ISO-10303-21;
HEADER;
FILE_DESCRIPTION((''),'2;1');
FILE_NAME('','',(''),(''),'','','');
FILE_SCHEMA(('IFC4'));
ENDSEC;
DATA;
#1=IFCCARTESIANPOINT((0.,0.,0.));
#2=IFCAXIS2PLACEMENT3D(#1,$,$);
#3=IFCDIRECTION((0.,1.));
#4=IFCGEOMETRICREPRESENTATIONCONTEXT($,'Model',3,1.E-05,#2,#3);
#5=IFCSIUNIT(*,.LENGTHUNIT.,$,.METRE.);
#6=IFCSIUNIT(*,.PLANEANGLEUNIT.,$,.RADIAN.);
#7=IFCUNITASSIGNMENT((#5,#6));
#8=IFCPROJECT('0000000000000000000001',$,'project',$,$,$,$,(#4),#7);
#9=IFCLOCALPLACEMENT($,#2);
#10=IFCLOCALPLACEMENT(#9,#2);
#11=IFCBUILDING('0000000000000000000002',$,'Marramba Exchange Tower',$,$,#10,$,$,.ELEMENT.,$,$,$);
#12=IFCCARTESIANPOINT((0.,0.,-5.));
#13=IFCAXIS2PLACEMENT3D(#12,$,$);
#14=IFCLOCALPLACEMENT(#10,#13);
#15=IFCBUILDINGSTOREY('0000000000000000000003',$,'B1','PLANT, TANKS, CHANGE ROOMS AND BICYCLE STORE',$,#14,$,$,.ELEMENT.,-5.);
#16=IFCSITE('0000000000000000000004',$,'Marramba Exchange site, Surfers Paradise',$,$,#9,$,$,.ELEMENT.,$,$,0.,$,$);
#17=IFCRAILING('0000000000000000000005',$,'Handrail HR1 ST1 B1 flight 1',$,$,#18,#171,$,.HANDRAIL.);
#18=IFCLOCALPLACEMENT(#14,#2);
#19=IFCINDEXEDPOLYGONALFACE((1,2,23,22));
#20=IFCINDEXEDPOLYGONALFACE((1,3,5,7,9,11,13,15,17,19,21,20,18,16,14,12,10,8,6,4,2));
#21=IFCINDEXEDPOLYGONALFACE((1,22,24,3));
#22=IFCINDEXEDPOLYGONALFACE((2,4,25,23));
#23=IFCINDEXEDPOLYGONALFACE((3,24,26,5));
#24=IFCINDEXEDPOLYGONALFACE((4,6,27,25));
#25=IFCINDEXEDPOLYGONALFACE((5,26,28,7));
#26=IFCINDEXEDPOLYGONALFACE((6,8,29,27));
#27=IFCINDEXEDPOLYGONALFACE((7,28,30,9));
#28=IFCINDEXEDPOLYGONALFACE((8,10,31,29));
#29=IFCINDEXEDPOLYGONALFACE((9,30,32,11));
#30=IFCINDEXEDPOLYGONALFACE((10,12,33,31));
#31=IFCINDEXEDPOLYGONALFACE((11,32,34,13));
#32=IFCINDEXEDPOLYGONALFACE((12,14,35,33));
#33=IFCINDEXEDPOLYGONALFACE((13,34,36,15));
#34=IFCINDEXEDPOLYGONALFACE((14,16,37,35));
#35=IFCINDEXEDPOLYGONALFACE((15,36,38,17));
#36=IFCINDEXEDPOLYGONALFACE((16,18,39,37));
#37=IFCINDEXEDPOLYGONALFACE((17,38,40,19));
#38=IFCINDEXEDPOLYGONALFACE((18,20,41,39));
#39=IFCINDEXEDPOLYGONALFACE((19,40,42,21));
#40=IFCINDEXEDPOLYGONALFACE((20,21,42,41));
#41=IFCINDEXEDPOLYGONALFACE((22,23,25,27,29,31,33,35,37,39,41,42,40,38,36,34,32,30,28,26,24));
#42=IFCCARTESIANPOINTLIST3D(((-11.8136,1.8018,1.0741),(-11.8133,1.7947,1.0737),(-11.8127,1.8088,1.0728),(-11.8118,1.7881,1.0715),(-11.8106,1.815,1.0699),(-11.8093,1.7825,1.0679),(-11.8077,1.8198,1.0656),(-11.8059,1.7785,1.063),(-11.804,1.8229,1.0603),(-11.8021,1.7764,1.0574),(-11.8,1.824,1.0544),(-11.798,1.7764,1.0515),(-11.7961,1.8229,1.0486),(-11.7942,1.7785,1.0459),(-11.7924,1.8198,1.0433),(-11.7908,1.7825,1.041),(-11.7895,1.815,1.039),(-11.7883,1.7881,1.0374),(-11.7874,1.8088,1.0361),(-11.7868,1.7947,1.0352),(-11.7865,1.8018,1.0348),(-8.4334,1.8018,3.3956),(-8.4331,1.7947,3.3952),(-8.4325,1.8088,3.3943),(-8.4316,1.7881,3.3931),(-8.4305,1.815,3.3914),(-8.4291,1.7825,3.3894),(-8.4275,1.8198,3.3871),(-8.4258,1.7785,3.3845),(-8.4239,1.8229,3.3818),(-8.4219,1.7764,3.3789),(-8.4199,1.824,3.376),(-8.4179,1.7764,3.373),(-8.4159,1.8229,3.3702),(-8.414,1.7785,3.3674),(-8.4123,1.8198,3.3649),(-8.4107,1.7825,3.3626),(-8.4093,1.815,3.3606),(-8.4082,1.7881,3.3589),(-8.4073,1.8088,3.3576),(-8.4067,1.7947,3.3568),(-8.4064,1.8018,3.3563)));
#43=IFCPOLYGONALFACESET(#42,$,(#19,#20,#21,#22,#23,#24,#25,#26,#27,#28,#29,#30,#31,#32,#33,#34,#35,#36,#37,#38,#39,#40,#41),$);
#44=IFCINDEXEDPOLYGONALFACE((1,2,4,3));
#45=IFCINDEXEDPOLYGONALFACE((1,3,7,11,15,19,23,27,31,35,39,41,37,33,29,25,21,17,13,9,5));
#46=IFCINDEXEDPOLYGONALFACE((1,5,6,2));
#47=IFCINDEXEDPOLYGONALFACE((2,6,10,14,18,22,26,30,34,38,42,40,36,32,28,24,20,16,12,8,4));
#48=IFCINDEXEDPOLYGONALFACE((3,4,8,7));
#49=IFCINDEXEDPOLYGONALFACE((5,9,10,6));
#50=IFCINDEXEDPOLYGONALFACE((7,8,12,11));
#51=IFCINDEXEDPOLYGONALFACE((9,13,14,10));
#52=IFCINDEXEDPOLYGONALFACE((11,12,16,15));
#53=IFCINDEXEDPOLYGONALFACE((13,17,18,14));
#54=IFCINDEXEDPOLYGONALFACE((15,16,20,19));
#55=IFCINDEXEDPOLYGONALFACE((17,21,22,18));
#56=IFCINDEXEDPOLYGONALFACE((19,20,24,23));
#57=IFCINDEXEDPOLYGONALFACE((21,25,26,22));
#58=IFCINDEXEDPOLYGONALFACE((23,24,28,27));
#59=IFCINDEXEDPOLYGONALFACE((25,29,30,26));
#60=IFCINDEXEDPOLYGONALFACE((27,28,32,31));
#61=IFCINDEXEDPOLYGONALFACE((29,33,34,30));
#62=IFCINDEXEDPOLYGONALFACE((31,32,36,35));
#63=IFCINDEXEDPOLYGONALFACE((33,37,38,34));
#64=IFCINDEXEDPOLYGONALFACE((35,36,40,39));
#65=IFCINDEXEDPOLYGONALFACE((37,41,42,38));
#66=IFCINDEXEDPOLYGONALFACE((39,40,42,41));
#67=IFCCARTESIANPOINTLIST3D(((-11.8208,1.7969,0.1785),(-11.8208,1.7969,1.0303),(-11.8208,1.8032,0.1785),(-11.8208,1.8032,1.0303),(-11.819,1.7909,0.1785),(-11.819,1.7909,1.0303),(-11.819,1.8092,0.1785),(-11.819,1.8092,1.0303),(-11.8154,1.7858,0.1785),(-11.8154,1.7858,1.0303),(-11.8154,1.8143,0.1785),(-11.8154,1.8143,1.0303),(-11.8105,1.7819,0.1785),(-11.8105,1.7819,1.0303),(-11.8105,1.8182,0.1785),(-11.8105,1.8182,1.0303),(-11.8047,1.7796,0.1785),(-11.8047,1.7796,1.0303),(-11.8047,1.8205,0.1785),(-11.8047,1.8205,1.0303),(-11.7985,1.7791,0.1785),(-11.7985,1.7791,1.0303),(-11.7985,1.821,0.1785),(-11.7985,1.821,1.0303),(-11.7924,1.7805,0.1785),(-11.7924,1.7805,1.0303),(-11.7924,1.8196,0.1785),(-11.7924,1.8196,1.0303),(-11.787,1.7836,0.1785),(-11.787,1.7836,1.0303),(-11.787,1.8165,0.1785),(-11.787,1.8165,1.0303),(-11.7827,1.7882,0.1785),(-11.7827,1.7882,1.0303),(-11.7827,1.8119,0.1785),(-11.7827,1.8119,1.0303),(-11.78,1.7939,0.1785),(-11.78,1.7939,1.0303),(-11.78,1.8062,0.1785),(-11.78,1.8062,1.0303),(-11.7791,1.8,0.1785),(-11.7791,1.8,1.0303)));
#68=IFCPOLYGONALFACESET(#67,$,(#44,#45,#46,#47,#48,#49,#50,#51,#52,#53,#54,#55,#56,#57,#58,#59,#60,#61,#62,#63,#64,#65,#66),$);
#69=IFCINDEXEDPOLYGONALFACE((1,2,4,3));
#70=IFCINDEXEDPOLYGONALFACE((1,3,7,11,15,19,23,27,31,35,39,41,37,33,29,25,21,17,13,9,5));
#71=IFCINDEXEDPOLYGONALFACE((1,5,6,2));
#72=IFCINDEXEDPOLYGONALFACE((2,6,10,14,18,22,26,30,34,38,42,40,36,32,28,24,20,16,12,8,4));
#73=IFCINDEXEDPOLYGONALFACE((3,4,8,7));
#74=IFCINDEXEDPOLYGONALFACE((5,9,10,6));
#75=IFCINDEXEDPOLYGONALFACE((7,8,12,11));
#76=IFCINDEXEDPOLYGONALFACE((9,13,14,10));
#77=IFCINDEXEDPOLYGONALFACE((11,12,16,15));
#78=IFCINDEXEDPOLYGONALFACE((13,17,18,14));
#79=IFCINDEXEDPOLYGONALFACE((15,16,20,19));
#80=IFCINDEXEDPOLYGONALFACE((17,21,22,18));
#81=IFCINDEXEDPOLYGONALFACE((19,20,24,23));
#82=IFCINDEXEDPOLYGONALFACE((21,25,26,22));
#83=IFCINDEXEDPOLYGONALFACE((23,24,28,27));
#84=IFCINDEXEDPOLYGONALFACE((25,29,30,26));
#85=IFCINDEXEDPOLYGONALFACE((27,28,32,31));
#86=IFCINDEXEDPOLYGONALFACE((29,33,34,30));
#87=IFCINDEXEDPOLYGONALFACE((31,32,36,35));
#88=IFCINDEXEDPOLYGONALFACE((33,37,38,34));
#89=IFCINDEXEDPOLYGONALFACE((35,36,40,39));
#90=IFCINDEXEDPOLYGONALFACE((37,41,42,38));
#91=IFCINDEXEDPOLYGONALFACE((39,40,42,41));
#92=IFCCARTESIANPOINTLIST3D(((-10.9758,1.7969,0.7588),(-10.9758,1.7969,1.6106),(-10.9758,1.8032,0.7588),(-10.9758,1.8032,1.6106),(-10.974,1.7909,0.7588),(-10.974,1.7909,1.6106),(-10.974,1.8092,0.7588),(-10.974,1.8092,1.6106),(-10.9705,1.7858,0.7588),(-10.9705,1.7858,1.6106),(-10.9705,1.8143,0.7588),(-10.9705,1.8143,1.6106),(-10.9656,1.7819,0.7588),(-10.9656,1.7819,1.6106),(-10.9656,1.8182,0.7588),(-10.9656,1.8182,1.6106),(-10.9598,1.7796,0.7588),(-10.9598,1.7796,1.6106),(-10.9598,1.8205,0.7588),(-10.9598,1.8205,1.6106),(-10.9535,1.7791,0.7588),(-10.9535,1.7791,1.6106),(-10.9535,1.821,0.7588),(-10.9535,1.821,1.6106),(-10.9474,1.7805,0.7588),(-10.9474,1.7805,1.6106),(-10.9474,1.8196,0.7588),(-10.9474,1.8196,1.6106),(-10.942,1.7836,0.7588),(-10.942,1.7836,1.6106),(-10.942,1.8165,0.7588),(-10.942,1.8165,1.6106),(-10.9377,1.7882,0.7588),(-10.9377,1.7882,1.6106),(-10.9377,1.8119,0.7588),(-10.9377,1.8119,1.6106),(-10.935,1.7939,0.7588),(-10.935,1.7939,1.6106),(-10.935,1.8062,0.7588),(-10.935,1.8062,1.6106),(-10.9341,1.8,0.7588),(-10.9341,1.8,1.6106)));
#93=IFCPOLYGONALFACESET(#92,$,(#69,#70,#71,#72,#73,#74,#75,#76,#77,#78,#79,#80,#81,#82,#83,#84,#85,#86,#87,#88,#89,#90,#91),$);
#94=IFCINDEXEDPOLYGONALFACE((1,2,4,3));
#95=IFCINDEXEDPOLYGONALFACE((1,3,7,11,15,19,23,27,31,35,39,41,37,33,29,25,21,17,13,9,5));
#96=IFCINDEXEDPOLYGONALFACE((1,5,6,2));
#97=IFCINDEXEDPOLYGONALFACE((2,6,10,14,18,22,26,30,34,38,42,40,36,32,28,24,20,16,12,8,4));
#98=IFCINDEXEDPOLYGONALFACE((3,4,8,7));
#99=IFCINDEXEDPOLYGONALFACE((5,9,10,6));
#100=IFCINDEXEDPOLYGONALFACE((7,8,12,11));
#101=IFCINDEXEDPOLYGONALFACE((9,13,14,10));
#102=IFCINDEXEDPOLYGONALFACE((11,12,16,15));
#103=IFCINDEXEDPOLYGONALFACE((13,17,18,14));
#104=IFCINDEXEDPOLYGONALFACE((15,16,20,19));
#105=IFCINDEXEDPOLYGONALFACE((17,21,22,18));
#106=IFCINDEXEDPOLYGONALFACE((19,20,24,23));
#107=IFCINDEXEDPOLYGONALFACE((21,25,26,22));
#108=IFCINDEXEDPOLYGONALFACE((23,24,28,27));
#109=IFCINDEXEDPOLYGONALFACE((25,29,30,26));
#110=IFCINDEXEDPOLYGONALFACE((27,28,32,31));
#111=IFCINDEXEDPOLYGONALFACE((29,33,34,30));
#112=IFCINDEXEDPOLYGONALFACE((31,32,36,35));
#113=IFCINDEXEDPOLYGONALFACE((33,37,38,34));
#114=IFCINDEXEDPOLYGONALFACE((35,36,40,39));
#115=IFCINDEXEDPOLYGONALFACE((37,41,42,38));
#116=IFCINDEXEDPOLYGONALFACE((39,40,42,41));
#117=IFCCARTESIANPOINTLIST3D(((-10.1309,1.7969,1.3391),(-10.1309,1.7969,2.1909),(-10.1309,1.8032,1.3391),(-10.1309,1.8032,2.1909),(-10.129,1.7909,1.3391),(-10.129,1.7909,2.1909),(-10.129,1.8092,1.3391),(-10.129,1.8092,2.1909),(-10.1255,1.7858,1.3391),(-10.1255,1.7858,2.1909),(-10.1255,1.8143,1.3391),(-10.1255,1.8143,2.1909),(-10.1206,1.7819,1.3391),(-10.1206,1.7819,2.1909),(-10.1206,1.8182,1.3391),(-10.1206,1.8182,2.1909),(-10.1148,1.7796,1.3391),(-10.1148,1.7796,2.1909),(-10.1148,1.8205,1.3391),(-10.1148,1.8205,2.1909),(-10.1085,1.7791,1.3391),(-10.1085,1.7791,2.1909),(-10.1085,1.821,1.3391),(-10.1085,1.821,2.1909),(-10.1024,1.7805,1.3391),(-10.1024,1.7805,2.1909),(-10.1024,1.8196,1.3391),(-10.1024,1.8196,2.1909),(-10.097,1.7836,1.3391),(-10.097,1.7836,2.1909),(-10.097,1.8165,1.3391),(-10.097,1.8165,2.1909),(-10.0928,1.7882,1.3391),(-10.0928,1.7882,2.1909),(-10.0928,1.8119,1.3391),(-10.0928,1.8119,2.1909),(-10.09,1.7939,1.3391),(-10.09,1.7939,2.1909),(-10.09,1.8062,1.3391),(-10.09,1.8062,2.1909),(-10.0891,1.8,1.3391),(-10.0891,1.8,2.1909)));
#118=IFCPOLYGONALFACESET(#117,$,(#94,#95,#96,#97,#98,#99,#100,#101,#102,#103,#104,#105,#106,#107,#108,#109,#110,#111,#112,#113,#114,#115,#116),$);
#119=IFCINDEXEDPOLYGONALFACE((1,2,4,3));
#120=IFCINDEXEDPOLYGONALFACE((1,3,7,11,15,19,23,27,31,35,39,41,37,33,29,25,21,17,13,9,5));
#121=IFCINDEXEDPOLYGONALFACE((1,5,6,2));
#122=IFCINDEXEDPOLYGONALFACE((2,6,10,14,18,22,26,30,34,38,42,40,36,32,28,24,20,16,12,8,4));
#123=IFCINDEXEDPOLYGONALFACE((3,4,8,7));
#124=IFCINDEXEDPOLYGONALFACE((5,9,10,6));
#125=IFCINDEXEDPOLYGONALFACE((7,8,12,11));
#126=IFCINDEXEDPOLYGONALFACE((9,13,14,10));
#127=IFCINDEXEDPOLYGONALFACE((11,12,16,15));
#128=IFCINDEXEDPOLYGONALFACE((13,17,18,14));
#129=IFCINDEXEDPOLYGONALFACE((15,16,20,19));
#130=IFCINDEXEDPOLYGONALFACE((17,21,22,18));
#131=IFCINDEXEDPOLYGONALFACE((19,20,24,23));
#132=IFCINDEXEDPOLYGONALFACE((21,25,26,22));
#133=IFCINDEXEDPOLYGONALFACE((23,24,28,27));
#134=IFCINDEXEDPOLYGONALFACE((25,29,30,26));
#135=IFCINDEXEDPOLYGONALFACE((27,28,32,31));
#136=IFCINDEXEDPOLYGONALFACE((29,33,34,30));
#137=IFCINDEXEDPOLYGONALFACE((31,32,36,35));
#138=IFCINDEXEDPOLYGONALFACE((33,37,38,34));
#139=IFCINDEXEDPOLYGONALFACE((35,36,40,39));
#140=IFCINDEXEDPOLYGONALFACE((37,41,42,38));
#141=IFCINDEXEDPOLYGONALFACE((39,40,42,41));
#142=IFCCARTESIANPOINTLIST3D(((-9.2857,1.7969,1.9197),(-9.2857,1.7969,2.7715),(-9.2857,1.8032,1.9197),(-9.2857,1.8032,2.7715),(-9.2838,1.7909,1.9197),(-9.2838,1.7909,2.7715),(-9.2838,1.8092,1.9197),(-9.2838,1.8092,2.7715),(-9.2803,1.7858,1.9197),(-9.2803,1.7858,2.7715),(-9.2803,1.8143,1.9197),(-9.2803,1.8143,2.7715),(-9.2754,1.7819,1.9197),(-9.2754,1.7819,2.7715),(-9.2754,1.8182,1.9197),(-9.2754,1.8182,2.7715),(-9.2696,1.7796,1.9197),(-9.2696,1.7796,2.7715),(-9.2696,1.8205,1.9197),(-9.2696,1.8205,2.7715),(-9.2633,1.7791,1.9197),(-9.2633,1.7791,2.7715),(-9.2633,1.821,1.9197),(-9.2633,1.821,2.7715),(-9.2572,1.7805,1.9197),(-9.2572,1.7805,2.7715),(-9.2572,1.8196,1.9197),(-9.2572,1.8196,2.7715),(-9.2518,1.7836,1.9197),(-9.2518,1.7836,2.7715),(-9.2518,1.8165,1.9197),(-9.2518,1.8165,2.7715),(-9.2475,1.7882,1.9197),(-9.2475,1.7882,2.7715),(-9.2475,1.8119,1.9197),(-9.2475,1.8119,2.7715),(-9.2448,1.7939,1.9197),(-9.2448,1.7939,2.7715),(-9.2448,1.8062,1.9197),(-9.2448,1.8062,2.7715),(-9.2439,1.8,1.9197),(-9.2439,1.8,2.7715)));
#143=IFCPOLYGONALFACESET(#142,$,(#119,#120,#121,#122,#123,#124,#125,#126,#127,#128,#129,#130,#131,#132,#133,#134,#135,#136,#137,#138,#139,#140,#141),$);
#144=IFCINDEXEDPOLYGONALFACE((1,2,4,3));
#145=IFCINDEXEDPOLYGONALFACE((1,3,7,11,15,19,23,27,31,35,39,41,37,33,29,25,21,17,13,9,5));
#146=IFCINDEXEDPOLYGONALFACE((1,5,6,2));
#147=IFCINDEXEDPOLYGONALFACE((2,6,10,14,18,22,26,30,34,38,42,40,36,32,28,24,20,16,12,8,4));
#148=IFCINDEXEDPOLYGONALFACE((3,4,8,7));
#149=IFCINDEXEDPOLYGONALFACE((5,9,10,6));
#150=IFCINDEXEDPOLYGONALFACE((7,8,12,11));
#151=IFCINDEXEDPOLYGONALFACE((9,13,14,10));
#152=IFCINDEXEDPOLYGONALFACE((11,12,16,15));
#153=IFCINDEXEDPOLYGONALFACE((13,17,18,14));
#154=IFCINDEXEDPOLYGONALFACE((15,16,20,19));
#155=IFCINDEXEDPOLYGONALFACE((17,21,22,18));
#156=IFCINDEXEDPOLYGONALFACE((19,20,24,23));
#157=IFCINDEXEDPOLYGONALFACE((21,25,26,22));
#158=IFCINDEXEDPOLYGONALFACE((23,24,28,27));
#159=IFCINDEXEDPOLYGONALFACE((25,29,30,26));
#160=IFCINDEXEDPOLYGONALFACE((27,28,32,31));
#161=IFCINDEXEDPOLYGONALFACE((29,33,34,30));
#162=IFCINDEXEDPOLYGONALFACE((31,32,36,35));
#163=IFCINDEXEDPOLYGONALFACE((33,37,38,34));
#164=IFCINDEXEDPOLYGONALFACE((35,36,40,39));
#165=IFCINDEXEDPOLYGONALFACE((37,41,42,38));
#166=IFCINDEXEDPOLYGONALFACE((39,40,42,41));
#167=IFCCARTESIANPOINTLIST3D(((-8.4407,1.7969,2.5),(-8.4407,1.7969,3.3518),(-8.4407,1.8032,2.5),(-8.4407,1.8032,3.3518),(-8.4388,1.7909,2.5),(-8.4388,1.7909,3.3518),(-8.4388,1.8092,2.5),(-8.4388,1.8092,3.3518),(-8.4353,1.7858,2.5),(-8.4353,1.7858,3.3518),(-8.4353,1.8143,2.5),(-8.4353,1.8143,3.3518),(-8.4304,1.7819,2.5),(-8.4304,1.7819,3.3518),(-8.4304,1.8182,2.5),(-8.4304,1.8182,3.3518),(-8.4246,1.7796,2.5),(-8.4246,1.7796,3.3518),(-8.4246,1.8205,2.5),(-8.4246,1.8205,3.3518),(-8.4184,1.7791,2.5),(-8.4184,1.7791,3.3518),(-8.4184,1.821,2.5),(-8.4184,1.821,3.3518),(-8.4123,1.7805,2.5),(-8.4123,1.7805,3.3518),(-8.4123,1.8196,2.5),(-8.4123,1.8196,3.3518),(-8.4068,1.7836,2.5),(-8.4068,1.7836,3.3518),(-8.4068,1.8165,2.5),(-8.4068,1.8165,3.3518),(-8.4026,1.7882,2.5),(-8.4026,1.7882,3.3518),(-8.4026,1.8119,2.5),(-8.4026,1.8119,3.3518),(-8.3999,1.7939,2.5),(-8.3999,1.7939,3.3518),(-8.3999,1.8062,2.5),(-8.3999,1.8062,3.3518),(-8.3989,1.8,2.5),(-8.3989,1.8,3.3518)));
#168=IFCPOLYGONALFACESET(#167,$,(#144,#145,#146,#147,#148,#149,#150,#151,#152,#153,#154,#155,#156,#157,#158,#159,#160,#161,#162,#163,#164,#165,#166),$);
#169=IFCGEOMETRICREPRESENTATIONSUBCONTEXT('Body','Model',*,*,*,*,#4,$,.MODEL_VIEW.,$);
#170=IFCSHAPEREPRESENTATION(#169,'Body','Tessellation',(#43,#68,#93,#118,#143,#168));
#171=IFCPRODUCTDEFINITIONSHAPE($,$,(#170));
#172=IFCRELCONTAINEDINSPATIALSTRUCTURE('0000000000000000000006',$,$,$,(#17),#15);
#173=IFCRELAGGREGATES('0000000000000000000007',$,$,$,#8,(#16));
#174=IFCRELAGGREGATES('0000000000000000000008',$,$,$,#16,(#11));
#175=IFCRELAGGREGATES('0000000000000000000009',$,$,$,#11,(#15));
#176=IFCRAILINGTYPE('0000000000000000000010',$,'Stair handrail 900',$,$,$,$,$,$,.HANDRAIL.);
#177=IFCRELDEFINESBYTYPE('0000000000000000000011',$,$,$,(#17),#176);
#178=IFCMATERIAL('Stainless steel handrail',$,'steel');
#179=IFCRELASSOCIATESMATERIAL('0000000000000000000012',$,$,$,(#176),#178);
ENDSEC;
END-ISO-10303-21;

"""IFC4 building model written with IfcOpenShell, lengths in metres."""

from ifc_helpers import new_model, si_unit, direction, frame, origin, origin_2d, place, context, subcontext, project, spatial, circle, extrude, material, type_object, element, save


model = new_model("IFC4")

# Units and contexts
model_context = context("Model", 3, precision=1e-05, world=origin(), true_north=direction((0.0, 1.0)))
body_context = subcontext(model_context, "Body", "Model", "MODEL_VIEW")
ifc_project = project(units=[si_unit("LENGTHUNIT", "METRE"), si_unit("PLANEANGLEUNIT", "RADIAN")], contexts=[model_context])

# Site, building, storey
site_placement = place(None, origin())
site = spatial("IfcSite", under=ifc_project, at=site_placement, Name="Marramba Exchange site, Surfers Paradise", CompositionType="ELEMENT", RefElevation=0.0)
building_placement = place(site_placement, origin())
building = spatial("IfcBuilding", under=site, at=building_placement, Name="Marramba Exchange Tower", CompositionType="ELEMENT")
storey_placement = place(building_placement, frame((0.0, 0.0, -5.0)))
storey = spatial("IfcBuildingStorey", under=building, at=storey_placement, Name="B1", Description="PLANT, TANKS, CHANGE ROOMS AND BICYCLE STORE", CompositionType="ELEMENT", Elevation=-5.0)

# Railing
ifc_material_1 = material(Name="Stainless steel handrail", Category="steel")
railing_type = type_object("IfcRailingType", Name="Stair handrail 900", PredefinedType="HANDRAIL", material=ifc_material_1)
railing_1_placement = place(storey_placement, frame((-11.8, 1.8, 0.1785)))
element("IfcRailing", 1, at=railing_1_placement, inside=storey, type_object=railing_type, Name="Handrail HR1 ST1 B1 flight 1", PredefinedType="HANDRAIL", context=body_context, shape_type="SweptSolid", body=[
    extrude(circle(Radius=0.0239, at=origin_2d()), frame((0.0, 0.0, 0.876), z_axis=(0.824304, 0.0, 0.566147), x_axis=(0.0, 1.0, 0.0)), (0.0, 0.0, 1.0), 4.1006),
    extrude(circle(Radius=0.021, at=origin_2d()), origin(), (0.0, 0.0, 1.0), 0.8518),
    extrude(circle(Radius=0.021, at=origin_2d()), frame((0.845, 0.0, 0.5803)), (0.0, 0.0, 1.0), 0.8518),
    extrude(circle(Radius=0.021, at=origin_2d()), frame((1.6899, 0.0, 1.1606)), (0.0, 0.0, 1.0), 0.8518),
    extrude(circle(Radius=0.021, at=origin_2d()), frame((2.5352, 0.0, 1.7412)), (0.0, 0.0, 1.0), 0.8518),
    extrude(circle(Radius=0.021, at=origin_2d()), frame((3.3801, 0.0, 2.3215)), (0.0, 0.0, 1.0), 0.8518),
])

save(model, "model.ifc")
